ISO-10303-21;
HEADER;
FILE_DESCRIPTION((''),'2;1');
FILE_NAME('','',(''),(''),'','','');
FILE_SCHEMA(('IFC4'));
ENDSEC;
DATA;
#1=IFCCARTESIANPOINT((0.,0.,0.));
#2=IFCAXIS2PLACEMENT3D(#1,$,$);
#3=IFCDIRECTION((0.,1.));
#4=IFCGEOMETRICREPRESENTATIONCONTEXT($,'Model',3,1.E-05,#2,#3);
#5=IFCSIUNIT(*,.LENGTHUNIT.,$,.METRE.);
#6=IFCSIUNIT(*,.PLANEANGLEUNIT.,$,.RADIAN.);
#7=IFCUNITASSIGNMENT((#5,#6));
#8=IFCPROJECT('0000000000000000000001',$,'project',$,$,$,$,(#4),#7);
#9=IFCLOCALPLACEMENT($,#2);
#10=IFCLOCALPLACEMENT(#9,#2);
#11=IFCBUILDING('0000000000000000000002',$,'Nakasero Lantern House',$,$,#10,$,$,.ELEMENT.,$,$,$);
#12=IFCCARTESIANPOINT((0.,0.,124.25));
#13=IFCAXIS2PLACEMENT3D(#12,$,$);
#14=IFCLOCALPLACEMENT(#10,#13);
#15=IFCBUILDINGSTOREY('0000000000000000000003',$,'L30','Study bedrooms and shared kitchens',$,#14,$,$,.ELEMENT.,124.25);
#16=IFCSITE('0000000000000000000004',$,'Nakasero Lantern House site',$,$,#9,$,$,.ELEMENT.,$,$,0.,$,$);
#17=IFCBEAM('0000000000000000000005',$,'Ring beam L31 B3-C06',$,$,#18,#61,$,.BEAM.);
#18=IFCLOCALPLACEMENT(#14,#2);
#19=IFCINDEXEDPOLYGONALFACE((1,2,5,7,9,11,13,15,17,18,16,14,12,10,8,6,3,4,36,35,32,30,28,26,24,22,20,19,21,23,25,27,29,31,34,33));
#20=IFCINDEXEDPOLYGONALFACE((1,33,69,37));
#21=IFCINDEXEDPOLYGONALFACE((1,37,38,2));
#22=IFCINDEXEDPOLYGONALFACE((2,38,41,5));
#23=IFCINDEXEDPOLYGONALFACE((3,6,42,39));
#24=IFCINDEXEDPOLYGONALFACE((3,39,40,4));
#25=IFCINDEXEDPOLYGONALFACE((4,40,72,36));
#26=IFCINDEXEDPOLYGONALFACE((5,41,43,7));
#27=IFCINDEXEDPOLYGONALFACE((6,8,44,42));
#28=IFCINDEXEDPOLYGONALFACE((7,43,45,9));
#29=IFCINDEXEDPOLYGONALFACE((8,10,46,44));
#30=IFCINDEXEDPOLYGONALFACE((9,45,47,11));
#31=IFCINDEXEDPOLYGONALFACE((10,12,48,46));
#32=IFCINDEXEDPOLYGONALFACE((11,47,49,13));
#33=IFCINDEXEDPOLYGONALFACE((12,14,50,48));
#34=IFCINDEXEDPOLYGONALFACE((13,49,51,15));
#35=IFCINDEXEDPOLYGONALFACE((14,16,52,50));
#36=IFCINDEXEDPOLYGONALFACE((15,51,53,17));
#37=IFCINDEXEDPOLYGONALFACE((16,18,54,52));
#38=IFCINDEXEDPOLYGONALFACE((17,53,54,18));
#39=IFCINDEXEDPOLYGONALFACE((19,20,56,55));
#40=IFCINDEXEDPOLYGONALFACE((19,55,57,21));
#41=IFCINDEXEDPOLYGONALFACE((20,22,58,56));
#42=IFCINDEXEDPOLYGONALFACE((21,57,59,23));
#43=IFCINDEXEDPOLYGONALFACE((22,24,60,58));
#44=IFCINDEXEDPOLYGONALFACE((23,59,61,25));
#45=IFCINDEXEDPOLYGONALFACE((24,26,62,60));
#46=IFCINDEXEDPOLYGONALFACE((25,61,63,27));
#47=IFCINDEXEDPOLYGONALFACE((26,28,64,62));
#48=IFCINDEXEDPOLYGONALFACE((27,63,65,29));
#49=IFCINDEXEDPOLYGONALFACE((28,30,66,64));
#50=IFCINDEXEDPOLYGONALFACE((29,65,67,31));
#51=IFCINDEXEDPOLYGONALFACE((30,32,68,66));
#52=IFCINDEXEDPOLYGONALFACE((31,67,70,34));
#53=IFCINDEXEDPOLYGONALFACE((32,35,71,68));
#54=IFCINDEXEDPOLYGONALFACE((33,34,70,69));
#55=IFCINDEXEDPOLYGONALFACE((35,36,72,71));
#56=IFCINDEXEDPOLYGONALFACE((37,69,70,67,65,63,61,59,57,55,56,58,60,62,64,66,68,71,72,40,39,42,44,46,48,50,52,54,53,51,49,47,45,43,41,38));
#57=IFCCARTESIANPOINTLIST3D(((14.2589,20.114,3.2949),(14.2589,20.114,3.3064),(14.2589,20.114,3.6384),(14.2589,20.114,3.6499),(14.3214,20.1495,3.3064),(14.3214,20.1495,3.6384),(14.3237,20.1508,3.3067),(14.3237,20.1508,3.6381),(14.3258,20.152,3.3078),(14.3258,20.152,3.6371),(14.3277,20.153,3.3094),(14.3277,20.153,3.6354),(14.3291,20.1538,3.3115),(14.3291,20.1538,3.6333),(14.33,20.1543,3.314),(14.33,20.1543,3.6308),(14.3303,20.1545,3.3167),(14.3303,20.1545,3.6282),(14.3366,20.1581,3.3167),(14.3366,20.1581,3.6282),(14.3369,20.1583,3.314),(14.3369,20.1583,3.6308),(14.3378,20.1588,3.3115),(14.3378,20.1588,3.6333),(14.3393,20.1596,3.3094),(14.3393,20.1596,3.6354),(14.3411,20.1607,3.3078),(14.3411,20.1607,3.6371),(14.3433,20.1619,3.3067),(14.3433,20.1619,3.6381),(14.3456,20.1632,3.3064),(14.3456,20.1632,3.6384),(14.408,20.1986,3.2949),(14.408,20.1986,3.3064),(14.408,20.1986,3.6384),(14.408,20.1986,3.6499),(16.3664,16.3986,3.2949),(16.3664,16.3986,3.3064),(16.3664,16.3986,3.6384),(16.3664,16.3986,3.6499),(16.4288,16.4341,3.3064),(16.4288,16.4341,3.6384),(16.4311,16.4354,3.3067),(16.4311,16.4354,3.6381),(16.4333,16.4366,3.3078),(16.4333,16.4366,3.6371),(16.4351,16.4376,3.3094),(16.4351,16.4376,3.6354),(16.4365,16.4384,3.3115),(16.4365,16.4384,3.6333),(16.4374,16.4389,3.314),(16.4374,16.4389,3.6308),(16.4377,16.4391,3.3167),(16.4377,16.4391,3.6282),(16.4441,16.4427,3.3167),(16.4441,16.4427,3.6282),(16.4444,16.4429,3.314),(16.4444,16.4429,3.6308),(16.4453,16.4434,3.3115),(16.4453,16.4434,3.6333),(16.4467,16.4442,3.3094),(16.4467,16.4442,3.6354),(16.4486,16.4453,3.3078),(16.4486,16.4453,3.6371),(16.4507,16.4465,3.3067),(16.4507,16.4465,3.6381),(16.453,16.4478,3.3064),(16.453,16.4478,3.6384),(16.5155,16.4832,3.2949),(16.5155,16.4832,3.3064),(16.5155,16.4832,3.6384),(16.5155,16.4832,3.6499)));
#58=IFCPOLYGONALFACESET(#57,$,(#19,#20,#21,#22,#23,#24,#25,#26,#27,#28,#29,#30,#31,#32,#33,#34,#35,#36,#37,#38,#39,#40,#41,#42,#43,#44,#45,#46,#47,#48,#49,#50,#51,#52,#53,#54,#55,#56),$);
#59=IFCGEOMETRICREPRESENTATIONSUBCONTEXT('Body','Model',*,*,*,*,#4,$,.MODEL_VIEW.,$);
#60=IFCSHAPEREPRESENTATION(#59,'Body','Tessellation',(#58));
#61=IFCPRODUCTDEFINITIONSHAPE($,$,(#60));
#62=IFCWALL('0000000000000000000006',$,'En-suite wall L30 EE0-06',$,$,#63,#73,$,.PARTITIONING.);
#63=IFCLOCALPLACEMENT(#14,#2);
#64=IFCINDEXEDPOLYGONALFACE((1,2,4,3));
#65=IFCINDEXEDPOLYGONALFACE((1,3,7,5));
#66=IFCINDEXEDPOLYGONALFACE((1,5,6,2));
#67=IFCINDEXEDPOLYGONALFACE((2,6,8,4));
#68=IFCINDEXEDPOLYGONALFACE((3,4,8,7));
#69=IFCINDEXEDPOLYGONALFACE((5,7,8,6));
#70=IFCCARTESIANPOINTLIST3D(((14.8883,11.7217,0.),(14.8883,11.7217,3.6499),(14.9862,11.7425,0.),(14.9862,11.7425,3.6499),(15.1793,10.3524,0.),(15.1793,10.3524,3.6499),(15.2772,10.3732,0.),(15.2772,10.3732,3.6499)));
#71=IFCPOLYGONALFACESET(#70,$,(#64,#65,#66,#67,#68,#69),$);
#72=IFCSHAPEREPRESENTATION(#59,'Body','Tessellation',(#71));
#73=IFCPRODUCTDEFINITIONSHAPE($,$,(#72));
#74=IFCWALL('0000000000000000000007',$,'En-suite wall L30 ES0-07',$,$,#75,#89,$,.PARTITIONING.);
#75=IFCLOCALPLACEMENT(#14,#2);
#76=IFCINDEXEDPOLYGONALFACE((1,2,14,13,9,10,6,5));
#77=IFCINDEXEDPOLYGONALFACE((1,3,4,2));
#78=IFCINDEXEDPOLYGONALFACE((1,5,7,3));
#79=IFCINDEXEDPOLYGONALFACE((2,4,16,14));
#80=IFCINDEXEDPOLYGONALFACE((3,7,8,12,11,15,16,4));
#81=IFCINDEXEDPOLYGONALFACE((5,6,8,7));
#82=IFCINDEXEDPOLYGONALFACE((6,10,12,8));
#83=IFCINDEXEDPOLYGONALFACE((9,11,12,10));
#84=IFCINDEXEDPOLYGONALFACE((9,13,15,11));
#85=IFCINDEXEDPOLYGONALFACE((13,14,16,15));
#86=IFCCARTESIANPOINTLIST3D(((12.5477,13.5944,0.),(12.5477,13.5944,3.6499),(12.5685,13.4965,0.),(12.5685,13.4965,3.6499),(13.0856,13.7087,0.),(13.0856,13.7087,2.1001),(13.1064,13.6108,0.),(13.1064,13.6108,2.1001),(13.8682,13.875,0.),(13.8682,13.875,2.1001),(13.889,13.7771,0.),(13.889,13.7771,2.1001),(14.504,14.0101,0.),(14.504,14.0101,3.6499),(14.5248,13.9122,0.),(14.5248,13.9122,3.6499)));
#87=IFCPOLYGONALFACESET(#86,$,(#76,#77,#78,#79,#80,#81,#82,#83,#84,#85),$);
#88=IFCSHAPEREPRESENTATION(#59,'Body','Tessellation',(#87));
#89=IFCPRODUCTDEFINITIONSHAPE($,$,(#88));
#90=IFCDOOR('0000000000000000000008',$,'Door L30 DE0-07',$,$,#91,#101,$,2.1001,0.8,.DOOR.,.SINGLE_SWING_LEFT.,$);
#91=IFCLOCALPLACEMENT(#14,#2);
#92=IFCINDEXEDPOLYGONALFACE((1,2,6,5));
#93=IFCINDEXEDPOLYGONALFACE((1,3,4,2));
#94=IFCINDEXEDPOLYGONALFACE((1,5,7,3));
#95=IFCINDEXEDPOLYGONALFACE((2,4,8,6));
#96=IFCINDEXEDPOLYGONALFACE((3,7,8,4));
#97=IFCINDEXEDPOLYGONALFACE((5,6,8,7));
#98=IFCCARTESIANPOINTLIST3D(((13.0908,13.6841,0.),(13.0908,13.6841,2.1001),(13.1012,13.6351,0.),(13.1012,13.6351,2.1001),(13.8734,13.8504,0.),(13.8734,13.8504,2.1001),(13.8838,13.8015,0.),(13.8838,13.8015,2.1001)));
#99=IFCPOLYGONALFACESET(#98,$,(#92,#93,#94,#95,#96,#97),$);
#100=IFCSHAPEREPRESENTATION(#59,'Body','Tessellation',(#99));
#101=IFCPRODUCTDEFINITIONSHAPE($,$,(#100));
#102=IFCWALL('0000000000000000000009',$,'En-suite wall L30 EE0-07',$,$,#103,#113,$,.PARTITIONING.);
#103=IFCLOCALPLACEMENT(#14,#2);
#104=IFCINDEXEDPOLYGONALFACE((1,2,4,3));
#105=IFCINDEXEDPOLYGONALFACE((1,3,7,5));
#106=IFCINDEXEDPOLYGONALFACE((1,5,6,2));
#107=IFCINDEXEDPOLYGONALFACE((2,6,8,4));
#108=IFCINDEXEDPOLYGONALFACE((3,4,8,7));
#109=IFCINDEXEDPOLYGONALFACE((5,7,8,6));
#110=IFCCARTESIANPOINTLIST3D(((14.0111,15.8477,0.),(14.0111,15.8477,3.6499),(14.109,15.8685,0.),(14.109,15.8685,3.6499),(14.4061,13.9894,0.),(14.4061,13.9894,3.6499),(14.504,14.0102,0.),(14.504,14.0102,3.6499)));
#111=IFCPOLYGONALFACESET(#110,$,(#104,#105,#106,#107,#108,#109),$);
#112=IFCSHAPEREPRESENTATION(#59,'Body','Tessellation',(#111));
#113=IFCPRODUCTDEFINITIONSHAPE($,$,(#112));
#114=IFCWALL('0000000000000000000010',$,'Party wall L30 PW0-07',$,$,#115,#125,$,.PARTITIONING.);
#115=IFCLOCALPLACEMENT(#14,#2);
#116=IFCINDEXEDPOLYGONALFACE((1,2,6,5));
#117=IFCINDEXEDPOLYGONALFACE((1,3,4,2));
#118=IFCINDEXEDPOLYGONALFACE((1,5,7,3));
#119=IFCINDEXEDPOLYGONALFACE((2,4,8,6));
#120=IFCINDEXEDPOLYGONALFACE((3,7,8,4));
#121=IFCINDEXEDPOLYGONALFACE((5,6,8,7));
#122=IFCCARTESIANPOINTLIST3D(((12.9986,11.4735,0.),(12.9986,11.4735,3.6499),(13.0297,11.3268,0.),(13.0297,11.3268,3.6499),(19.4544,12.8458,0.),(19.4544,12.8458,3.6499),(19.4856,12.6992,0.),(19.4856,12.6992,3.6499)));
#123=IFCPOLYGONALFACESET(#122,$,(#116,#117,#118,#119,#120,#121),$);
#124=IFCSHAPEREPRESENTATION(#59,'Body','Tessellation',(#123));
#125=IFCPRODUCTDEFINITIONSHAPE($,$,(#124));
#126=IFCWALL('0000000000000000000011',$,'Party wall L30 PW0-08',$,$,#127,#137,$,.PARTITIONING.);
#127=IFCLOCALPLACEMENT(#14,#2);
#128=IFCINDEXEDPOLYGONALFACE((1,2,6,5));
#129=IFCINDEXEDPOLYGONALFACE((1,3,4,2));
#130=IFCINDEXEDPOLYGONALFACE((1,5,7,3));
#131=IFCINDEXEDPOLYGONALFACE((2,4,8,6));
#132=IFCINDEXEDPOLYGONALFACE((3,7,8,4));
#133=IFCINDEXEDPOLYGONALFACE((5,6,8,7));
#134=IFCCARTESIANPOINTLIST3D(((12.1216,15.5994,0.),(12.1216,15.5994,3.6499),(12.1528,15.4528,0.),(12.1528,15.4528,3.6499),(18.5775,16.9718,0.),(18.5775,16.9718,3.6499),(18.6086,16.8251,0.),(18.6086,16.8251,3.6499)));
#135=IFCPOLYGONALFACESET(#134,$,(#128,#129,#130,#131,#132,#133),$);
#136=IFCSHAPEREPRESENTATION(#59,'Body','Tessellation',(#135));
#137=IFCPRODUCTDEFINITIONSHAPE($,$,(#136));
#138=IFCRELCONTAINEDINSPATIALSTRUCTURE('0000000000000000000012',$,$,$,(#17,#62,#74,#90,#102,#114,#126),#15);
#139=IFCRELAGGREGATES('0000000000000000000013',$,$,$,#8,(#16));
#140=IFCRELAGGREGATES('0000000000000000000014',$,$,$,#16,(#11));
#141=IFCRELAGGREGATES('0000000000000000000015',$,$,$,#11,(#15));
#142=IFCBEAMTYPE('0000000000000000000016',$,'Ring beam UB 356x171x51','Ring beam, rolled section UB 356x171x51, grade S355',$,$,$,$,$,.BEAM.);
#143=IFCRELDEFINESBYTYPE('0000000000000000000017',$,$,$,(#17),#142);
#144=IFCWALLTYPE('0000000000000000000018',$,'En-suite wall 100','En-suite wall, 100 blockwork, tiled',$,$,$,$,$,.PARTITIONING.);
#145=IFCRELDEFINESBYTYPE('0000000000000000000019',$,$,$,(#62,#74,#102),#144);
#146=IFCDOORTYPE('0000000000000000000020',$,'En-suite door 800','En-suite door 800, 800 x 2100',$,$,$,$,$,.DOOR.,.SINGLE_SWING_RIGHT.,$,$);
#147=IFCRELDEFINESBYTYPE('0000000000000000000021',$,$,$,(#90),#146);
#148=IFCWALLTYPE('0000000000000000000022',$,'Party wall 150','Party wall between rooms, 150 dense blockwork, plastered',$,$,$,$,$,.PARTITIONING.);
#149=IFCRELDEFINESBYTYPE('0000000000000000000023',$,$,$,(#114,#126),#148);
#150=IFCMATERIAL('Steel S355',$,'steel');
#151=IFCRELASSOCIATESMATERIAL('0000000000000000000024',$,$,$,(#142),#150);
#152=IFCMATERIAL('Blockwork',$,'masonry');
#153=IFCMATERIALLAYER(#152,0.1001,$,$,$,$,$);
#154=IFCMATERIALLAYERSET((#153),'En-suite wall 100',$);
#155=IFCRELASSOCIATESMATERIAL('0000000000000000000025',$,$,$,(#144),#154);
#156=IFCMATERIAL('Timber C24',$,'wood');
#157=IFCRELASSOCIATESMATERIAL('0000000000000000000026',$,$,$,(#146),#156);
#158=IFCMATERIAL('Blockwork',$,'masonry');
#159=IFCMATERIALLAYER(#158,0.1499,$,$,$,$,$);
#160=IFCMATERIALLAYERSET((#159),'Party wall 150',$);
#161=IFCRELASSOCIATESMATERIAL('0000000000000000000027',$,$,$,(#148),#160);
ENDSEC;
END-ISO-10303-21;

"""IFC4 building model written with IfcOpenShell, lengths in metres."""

from ifc_helpers import new_model, si_unit, direction, frame, frame_2d, origin, origin_2d, place, context, subcontext, project, spatial, rectangle, i_section, extrude, material, layer, layer_set, material_profile, profile_set, type_object, element, fill, save


model = new_model("IFC4")

# Units and contexts
model_context = context("Model", 3, precision=1e-05, world=origin(), true_north=direction((0.0, 1.0)))
body_context = subcontext(model_context, "Body", "Model", "MODEL_VIEW")
ifc_project = project(units=[si_unit("LENGTHUNIT", "METRE"), si_unit("PLANEANGLEUNIT", "RADIAN")], contexts=[model_context])

# Site, building, storey
site_placement = place(None, origin())
site = spatial("IfcSite", under=ifc_project, at=site_placement, Name="Nakasero Lantern House site", CompositionType="ELEMENT", RefElevation=0.0)
building_placement = place(site_placement, origin())
building = spatial("IfcBuilding", under=site, at=building_placement, Name="Nakasero Lantern House", CompositionType="ELEMENT")
storey_placement = place(building_placement, frame((0.0, 0.0, 124.25)))
storey = spatial("IfcBuildingStorey", under=building, at=storey_placement, Name="L30", Description="Study bedrooms and shared kitchens", CompositionType="ELEMENT", Elevation=124.25)

# Beam
ifc_material_1 = material(Name="Steel S355", Category="steel")
ifc_material_profile_1 = material_profile(ifc_material_1, i_section(OverallWidth=0.1714, OverallDepth=0.355, WebThickness=0.0073, FlangeThickness=0.0115, FilletRadius=0.0103, at=origin_2d()), Name="UB 356x171x51")
ifc_profile_set_1 = profile_set([ifc_material_profile_1], Name="Steel S355")
beam_type_1 = type_object("IfcBeamType", Name="Ring beam UB 356x171x51", Description="Ring beam, rolled section UB 356x171x51, grade S355", PredefinedType="BEAM", material=ifc_profile_set_1)
beam_1_placement = place(storey_placement, frame((16.4409, 16.4409, 3.4724), z_axis=(-0.493379, 0.869815, 0.0), x_axis=(-0.869815, -0.493379, 0.0)))
element("IfcBeam", 1, at=beam_1_placement, inside=storey, type_object=beam_type_1, Name="Ring beam L31 B3-C06", PredefinedType="BEAM", context=body_context, shape_type="SweptSolid", body=[
    extrude(i_section(OverallWidth=0.1714, OverallDepth=0.355, WebThickness=0.0073, FlangeThickness=0.0115, FilletRadius=0.0103, at=origin_2d()), origin(), (0.0, 0.0, 1.0), 4.2715),
])

# Wall
ifc_material_2 = material(Name="Blockwork", Category="masonry")
ifc_layer_1 = layer(ifc_material_2, 0.1001)
ifc_layer_set_1 = layer_set([ifc_layer_1], Name="En-suite wall 100")
wall_type_1 = type_object("IfcWallType", Name="En-suite wall 100", Description="En-suite wall, 100 blockwork, tiled", PredefinedType="PARTITIONING", material=ifc_layer_set_1)
wall_1_placement = place(storey_placement, frame((15.2283, 10.3628, 0.0), z_axis=(0.0, 0.0, 1.0), x_axis=(-0.207873, 0.978156, 0.0)))
element("IfcWall", 2, at=wall_1_placement, inside=storey, type_object=wall_type_1, Name="En-suite wall L30 EE0-06", PredefinedType="PARTITIONING", context=body_context, shape_type="SweptSolid", body=[
    extrude(rectangle(XDim=1.3999, YDim=0.1001, at=frame_2d((0.7, 0.0))), origin(), (0.0, 0.0, 1.0), 3.6499),
])

# Wall, opening, door
wall_2_placement = place(storey_placement, frame((12.5581, 13.5454, 0.0), z_axis=(0.0, 0.0, 1.0), x_axis=(0.978153, 0.207886, 0.0)))
wall_2 = element("IfcWall", 3, at=wall_2_placement, inside=storey, type_object=wall_type_1, Name="En-suite wall L30 ES0-07", PredefinedType="PARTITIONING", context=body_context, shape_type="SweptSolid", body=[
    extrude(rectangle(XDim=2.0, YDim=0.1001, at=frame_2d((1.0, 0.0))), origin(), (0.0, 0.0, 1.0), 3.6499),
])
opening_placement = place(wall_2_placement, frame((0.55, 0.0, 0.0)))
opening = element("IfcOpeningElement", 4, at=opening_placement, cuts=wall_2, PredefinedType="OPENING", context=body_context, shape_type="SweptSolid", body=[
    extrude(rectangle(XDim=0.8, YDim=2.1001, at=frame_2d((0.3999, 1.05))), frame((0.0, 0.0701, 0.0), z_axis=(0.0, -1.0, 0.0), x_axis=(1.0, 0.0, 0.0)), (0.0, 0.0, 1.0), 0.1401),
])
ifc_material_3 = material(Name="Timber C24", Category="wood")
door_type = type_object("IfcDoorType", Name="En-suite door 800", Description="En-suite door 800, 800 x 2100", OperationType="SINGLE_SWING_RIGHT", PredefinedType="DOOR", material=ifc_material_3)
door_placement = place(opening_placement, origin())
door = element("IfcDoor", 5, at=door_placement, inside=storey, type_object=door_type, Name="Door L30 DE0-07", OperationType="SINGLE_SWING_LEFT", OverallHeight=2.1001, OverallWidth=0.8, PredefinedType="DOOR", context=body_context, shape_type="SweptSolid", body=[
    extrude(rectangle(XDim=0.8, YDim=2.1001, at=frame_2d((0.3999, 1.05))), frame((0.0, 0.0249, 0.0), z_axis=(0.0, -1.0, 0.0), x_axis=(1.0, 0.0, 0.0)), (0.0, 0.0, 1.0), 0.05),
])
fill(opening, door)

# Walls
wall_3_placement = place(storey_placement, frame((14.4551, 13.9998, 0.0), z_axis=(0.0, 0.0, 1.0), x_axis=(-0.207914, 0.978147, 0.0)))
element("IfcWall", 6, at=wall_3_placement, inside=storey, type_object=wall_type_1, Name="En-suite wall L30 EE0-07", PredefinedType="PARTITIONING", context=body_context, shape_type="SweptSolid", body=[
    extrude(rectangle(XDim=1.8999, YDim=0.1001, at=frame_2d((0.95, 0.0))), origin(), (0.0, 0.0, 1.0), 3.6499),
])
ifc_material_4 = material(Name="Blockwork", Category="masonry")
ifc_layer_2 = layer(ifc_material_4, 0.1499)
ifc_layer_set_2 = layer_set([ifc_layer_2], Name="Party wall 150")
wall_type_2 = type_object("IfcWallType", Name="Party wall 150", Description="Party wall between rooms, 150 dense blockwork, plastered", PredefinedType="PARTITIONING", material=ifc_layer_set_2)
for number, where, z_axis, x_axis, name in (
    (7, (13.0142, 11.4001, 0.0), (0.0, 0.0, 1.0), (0.978145, 0.207925, 0.0), "Party wall L30 PW0-07"),
    (8, (12.1372, 15.5261, 0.0), (0.0, 0.0, 1.0), (0.978145, 0.207925, 0.0), "Party wall L30 PW0-08"),
):
    element("IfcWall", number, at=place(storey_placement, frame(where, z_axis=z_axis, x_axis=x_axis)), inside=storey, type_object=wall_type_2, Name=name, PredefinedType="PARTITIONING", context=body_context, shape_type="SweptSolid", body=[
        extrude(rectangle(XDim=6.6001, YDim=0.1499, at=frame_2d((3.3, 0.0))), origin(), (0.0, 0.0, 1.0), 3.6499),
    ])

save(model, "model.ifc")
